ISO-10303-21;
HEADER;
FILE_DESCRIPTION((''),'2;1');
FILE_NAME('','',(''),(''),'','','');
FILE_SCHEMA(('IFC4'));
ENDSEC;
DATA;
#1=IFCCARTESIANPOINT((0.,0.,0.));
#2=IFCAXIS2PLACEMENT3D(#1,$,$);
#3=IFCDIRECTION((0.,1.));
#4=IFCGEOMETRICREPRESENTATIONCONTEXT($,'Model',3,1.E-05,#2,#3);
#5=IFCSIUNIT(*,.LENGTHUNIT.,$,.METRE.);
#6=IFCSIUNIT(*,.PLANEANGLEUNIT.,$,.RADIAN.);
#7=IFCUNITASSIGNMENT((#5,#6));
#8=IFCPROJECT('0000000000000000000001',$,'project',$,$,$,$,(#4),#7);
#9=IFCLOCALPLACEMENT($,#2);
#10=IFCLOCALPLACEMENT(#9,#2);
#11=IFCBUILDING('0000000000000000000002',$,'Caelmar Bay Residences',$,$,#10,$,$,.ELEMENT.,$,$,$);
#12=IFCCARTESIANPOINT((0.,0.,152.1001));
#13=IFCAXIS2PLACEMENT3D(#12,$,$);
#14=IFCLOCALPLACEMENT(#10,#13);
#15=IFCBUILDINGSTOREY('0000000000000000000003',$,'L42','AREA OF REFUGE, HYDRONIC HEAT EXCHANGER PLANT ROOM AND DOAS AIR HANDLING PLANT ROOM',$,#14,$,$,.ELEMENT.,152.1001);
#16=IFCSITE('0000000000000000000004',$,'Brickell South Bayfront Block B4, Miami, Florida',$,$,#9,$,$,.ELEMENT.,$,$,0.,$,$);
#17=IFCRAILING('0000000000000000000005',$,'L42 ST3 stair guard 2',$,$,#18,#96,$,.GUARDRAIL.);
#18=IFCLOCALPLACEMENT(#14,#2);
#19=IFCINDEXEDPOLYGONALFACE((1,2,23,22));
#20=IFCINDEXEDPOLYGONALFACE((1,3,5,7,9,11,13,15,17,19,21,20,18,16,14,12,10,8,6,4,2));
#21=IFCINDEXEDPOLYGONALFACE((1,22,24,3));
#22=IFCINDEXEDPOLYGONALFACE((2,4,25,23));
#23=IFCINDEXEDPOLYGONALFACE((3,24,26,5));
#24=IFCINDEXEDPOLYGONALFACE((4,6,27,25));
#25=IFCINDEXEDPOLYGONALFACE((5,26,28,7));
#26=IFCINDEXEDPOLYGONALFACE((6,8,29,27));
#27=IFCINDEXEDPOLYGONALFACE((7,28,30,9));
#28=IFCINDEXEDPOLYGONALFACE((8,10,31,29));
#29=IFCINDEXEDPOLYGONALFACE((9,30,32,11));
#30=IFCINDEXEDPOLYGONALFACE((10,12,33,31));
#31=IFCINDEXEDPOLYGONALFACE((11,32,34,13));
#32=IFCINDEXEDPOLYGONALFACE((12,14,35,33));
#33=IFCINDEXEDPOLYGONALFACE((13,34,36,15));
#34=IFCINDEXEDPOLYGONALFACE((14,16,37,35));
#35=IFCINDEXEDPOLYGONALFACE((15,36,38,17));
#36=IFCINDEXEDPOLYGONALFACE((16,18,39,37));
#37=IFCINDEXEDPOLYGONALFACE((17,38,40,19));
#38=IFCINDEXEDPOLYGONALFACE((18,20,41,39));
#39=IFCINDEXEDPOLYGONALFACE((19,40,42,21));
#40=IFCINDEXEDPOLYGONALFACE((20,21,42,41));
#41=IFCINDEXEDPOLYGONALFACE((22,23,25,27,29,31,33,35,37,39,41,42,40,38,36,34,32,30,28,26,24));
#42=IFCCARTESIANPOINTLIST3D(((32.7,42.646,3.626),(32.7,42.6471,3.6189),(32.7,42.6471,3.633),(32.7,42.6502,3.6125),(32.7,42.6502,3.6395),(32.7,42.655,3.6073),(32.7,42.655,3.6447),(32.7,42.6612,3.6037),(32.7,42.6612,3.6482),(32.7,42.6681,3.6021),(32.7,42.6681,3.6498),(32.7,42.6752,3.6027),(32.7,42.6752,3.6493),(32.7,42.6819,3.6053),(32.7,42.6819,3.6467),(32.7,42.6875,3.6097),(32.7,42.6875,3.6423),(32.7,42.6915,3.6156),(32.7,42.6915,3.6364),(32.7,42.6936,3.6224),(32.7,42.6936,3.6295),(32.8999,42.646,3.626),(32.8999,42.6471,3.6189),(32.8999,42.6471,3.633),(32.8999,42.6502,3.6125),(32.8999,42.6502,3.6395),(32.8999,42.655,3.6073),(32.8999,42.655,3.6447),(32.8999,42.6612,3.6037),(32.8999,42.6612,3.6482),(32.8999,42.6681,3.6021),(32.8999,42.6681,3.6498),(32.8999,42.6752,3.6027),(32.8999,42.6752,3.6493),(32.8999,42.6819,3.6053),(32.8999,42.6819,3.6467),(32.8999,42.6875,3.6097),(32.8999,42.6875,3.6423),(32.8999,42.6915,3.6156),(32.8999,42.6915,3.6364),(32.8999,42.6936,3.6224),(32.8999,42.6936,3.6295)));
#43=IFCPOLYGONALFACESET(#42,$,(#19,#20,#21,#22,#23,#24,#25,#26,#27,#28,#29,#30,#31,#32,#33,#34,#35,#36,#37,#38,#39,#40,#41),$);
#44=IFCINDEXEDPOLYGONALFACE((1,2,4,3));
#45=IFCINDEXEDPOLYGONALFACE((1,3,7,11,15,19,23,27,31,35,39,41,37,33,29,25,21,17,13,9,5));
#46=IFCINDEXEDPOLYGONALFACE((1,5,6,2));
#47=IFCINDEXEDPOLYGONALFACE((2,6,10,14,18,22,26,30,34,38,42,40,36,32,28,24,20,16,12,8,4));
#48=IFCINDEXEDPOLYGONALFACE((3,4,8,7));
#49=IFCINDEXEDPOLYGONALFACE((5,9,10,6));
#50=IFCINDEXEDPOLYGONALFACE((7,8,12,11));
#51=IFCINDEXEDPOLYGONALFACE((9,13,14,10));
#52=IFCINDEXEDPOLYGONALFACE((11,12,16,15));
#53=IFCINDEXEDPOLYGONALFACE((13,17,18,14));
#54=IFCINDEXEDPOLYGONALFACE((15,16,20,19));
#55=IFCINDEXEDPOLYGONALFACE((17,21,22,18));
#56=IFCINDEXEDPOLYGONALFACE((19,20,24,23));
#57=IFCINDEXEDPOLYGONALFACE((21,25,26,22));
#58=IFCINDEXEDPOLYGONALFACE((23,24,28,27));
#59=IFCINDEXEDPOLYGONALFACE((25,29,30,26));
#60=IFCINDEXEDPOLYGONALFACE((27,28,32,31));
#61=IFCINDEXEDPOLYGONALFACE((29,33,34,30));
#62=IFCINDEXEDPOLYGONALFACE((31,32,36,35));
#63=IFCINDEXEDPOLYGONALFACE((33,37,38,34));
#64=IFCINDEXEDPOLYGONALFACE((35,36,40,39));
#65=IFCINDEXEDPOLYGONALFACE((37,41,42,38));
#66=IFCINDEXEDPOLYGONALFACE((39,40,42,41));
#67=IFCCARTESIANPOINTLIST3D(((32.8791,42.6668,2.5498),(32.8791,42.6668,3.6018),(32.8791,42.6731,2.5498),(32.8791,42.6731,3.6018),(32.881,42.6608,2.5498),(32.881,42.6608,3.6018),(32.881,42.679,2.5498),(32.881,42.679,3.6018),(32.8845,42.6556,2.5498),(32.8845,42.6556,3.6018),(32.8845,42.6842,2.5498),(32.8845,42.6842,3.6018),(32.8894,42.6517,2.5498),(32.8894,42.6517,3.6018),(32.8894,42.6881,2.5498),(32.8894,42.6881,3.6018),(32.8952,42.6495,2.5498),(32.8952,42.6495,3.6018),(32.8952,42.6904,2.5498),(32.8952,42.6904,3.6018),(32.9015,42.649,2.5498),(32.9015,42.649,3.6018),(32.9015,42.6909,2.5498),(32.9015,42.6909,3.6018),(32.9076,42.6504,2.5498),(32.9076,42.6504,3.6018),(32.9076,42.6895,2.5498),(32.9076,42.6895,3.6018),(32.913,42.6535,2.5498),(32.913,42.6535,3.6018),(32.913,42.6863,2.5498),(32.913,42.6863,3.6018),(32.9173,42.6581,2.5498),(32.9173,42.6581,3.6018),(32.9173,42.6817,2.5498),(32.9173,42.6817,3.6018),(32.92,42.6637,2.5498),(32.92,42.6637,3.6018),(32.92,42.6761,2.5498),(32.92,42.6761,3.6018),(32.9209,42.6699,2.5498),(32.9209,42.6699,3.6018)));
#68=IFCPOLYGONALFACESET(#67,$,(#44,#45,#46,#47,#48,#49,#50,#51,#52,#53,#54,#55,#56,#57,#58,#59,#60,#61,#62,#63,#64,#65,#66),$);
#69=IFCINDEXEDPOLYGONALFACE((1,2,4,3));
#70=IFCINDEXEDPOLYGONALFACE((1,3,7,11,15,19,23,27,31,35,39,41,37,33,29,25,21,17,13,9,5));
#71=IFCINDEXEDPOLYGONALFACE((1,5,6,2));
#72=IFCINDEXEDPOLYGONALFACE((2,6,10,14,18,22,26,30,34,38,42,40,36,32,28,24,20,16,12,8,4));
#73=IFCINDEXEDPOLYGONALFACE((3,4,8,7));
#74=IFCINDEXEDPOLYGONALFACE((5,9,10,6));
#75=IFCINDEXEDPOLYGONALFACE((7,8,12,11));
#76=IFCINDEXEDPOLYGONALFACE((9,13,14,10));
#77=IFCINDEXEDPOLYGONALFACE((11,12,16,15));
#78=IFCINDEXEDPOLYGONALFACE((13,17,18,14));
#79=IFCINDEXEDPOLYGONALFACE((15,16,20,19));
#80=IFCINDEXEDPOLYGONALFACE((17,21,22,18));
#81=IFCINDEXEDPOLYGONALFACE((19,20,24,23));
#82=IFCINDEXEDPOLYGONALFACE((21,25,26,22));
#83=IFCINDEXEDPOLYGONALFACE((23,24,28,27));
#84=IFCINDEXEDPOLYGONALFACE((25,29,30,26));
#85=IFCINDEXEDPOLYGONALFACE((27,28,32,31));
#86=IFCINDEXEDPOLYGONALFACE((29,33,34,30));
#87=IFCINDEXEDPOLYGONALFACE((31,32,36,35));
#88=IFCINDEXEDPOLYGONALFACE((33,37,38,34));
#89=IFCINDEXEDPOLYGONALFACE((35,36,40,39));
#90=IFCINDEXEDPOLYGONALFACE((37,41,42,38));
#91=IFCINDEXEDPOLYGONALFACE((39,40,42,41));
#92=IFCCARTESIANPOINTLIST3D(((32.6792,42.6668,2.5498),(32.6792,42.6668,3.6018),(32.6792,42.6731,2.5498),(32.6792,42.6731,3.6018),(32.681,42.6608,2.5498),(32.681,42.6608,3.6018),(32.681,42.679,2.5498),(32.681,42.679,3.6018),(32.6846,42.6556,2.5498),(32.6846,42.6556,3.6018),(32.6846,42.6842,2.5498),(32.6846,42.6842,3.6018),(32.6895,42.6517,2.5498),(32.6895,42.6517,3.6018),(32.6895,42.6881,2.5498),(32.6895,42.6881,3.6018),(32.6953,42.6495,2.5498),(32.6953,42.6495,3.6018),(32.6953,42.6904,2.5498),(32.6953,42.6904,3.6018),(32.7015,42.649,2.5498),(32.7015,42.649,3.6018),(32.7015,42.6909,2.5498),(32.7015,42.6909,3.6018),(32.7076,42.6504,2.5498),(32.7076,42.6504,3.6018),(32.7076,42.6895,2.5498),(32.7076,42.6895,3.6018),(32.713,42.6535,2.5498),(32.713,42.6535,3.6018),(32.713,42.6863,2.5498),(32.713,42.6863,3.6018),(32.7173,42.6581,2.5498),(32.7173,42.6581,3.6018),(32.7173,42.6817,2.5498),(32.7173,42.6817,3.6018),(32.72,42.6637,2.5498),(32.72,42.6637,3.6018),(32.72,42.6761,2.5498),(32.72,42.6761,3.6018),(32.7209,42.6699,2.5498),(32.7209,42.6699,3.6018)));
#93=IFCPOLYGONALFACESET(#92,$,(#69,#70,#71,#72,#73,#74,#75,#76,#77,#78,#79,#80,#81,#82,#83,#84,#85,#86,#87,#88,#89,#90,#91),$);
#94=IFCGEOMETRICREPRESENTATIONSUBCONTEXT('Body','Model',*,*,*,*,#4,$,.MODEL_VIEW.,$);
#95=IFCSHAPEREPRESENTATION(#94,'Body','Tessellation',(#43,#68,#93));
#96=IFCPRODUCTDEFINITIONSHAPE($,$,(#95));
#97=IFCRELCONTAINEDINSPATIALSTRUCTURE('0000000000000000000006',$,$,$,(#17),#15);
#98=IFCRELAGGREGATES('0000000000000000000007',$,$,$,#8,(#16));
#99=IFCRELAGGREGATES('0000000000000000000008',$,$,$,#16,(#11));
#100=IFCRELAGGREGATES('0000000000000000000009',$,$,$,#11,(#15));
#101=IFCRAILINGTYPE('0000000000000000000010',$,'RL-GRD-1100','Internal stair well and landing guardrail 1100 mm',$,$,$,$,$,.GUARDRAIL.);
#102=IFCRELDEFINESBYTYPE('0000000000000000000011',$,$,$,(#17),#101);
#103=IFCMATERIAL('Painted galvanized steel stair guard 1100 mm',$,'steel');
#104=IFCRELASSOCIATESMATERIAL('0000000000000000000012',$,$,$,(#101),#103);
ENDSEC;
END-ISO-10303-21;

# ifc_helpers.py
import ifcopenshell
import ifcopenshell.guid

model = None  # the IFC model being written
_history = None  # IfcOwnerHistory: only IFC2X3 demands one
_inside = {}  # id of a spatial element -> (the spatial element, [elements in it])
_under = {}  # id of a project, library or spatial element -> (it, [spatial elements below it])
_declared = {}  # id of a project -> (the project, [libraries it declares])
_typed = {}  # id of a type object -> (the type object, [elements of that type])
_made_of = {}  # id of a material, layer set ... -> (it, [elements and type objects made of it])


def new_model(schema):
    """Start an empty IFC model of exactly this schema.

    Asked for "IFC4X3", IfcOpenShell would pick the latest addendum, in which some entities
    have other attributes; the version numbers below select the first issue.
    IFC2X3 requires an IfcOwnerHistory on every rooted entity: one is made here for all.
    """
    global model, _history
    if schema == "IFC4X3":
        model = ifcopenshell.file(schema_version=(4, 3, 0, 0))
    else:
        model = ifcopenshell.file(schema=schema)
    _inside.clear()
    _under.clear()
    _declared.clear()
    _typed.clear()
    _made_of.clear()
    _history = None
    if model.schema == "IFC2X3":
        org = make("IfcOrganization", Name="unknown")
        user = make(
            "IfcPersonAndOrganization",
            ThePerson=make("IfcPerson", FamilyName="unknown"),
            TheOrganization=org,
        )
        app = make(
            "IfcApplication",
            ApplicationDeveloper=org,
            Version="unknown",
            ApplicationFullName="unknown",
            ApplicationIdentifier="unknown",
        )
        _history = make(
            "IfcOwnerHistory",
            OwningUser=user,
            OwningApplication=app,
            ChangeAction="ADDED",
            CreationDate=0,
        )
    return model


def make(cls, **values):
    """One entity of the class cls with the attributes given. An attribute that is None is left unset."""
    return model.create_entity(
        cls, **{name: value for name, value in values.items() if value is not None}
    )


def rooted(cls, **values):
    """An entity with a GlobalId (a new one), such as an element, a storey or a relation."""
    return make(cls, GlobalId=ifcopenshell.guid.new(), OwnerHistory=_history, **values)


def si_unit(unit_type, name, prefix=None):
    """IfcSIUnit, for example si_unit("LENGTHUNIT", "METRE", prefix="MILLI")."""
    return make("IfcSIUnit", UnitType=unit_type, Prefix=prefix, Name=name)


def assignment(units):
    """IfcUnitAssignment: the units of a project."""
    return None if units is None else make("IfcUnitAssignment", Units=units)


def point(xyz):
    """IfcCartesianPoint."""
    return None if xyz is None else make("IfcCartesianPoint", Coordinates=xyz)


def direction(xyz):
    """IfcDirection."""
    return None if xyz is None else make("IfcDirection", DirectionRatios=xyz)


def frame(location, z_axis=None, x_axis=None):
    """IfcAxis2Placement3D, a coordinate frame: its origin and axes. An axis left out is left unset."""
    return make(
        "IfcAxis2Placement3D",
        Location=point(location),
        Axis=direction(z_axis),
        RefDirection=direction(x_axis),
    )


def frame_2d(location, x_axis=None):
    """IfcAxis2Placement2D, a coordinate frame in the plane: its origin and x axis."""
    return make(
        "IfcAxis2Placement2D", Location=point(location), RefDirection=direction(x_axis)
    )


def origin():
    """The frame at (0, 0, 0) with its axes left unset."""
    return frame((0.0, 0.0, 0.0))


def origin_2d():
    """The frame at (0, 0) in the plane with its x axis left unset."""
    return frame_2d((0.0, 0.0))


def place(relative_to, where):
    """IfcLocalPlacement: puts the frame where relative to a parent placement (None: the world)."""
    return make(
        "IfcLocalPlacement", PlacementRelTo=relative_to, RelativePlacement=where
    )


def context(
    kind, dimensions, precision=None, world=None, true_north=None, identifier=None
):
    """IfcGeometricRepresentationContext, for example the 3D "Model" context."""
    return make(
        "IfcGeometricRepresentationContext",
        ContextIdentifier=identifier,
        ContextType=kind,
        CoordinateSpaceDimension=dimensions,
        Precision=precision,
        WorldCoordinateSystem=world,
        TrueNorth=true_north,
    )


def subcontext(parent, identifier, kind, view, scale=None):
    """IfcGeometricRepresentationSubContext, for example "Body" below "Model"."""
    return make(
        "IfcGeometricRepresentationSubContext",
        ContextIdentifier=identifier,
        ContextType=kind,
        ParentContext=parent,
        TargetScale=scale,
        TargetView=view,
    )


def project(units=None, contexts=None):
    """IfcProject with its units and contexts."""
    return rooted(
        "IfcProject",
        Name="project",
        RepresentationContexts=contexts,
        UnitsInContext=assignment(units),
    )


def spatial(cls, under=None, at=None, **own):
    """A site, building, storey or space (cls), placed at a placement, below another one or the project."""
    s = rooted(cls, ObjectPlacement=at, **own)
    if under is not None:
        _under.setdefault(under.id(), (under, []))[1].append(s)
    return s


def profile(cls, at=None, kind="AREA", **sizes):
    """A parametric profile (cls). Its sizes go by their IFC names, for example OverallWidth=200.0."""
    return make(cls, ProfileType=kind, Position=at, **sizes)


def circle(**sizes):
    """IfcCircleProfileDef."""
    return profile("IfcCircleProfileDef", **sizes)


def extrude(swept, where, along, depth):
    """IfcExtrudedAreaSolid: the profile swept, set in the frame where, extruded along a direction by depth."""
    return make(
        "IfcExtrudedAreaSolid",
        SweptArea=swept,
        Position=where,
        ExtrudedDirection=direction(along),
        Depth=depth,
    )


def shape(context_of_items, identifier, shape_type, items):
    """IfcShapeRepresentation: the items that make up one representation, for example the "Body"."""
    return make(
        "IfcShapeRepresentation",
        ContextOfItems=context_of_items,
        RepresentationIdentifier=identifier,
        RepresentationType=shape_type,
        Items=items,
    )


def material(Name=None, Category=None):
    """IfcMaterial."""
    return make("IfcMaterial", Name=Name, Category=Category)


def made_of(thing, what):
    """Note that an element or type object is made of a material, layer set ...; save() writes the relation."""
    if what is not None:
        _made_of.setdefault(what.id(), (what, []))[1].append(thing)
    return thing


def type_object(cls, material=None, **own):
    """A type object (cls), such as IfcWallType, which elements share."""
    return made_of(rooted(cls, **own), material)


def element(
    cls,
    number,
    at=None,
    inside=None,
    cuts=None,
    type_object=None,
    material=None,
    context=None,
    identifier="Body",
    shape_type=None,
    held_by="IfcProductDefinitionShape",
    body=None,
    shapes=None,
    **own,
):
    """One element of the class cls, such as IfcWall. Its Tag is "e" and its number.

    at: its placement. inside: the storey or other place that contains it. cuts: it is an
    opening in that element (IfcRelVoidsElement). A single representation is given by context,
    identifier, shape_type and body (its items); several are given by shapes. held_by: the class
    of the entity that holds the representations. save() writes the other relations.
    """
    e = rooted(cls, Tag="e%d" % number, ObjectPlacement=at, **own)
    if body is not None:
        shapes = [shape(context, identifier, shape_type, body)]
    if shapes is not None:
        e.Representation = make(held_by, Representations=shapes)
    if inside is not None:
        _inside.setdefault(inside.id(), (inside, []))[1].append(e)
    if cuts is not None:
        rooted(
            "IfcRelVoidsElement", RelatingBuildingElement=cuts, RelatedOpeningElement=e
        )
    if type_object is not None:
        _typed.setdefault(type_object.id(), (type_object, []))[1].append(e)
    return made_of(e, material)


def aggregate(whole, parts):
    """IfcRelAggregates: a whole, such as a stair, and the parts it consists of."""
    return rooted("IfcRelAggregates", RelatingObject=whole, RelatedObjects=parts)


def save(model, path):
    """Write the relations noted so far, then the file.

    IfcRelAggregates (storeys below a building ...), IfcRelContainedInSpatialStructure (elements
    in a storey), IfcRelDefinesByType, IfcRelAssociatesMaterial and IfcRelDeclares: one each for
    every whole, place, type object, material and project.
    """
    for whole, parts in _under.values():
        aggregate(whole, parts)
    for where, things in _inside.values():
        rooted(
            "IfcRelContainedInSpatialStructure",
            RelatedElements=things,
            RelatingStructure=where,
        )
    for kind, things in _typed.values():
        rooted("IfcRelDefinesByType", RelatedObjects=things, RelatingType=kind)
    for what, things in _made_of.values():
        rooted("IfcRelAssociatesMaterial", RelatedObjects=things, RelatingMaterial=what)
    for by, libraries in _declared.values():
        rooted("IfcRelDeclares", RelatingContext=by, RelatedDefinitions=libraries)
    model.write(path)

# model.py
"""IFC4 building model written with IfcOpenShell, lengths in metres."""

from ifc_helpers import new_model, si_unit, direction, frame, origin, origin_2d, place, context, subcontext, project, spatial, circle, extrude, material, type_object, element, save


model = new_model("IFC4")

# Units and contexts
model_context = context("Model", 3, precision=1e-05, world=origin(), true_north=direction((0.0, 1.0)))
body_context = subcontext(model_context, "Body", "Model", "MODEL_VIEW")
ifc_project = project(units=[si_unit("LENGTHUNIT", "METRE"), si_unit("PLANEANGLEUNIT", "RADIAN")], contexts=[model_context])

# Site, building, storey
site_placement = place(None, origin())
site = spatial("IfcSite", under=ifc_project, at=site_placement, Name="Brickell South Bayfront Block B4, Miami, Florida", CompositionType="ELEMENT", RefElevation=0.0)
building_placement = place(site_placement, origin())
building = spatial("IfcBuilding", under=site, at=building_placement, Name="Caelmar Bay Residences", CompositionType="ELEMENT")
storey_placement = place(building_placement, frame((0.0, 0.0, 152.1001)))
storey = spatial("IfcBuildingStorey", under=building, at=storey_placement, Name="L42", Description="AREA OF REFUGE, HYDRONIC HEAT EXCHANGER PLANT ROOM AND DOAS AIR HANDLING PLANT ROOM", CompositionType="ELEMENT", Elevation=152.1001)

# Railing
ifc_material_1 = material(Name="Painted galvanized steel stair guard 1100 mm", Category="steel")
railing_type_1 = type_object("IfcRailingType", Name="RL-GRD-1100", Description="Internal stair well and landing guardrail 1100 mm", PredefinedType="GUARDRAIL", material=ifc_material_1)
railing_1_placement = place(storey_placement, frame((32.8999, 42.6699, 2.5498)))
element("IfcRailing", 1, at=railing_1_placement, inside=storey, type_object=railing_type_1, Name="L42 ST3 stair guard 2", PredefinedType="GUARDRAIL", context=body_context, shape_type="SweptSolid", body=[
    extrude(circle(Radius=0.0239, at=origin_2d()), frame((0.0, 0.0, 1.0762), z_axis=(-1.0, 0.0, 0.0), x_axis=(0.0, -1.0, 0.0)), (0.0, 0.0, 1.0), 0.2),
    extrude(circle(Radius=0.021, at=origin_2d()), origin(), (0.0, 0.0, 1.0), 1.052),
    extrude(circle(Radius=0.021, at=origin_2d()), frame((-0.2, 0.0, 0.0)), (0.0, 0.0, 1.0), 1.052),
])

save(model, "model.ifc")
